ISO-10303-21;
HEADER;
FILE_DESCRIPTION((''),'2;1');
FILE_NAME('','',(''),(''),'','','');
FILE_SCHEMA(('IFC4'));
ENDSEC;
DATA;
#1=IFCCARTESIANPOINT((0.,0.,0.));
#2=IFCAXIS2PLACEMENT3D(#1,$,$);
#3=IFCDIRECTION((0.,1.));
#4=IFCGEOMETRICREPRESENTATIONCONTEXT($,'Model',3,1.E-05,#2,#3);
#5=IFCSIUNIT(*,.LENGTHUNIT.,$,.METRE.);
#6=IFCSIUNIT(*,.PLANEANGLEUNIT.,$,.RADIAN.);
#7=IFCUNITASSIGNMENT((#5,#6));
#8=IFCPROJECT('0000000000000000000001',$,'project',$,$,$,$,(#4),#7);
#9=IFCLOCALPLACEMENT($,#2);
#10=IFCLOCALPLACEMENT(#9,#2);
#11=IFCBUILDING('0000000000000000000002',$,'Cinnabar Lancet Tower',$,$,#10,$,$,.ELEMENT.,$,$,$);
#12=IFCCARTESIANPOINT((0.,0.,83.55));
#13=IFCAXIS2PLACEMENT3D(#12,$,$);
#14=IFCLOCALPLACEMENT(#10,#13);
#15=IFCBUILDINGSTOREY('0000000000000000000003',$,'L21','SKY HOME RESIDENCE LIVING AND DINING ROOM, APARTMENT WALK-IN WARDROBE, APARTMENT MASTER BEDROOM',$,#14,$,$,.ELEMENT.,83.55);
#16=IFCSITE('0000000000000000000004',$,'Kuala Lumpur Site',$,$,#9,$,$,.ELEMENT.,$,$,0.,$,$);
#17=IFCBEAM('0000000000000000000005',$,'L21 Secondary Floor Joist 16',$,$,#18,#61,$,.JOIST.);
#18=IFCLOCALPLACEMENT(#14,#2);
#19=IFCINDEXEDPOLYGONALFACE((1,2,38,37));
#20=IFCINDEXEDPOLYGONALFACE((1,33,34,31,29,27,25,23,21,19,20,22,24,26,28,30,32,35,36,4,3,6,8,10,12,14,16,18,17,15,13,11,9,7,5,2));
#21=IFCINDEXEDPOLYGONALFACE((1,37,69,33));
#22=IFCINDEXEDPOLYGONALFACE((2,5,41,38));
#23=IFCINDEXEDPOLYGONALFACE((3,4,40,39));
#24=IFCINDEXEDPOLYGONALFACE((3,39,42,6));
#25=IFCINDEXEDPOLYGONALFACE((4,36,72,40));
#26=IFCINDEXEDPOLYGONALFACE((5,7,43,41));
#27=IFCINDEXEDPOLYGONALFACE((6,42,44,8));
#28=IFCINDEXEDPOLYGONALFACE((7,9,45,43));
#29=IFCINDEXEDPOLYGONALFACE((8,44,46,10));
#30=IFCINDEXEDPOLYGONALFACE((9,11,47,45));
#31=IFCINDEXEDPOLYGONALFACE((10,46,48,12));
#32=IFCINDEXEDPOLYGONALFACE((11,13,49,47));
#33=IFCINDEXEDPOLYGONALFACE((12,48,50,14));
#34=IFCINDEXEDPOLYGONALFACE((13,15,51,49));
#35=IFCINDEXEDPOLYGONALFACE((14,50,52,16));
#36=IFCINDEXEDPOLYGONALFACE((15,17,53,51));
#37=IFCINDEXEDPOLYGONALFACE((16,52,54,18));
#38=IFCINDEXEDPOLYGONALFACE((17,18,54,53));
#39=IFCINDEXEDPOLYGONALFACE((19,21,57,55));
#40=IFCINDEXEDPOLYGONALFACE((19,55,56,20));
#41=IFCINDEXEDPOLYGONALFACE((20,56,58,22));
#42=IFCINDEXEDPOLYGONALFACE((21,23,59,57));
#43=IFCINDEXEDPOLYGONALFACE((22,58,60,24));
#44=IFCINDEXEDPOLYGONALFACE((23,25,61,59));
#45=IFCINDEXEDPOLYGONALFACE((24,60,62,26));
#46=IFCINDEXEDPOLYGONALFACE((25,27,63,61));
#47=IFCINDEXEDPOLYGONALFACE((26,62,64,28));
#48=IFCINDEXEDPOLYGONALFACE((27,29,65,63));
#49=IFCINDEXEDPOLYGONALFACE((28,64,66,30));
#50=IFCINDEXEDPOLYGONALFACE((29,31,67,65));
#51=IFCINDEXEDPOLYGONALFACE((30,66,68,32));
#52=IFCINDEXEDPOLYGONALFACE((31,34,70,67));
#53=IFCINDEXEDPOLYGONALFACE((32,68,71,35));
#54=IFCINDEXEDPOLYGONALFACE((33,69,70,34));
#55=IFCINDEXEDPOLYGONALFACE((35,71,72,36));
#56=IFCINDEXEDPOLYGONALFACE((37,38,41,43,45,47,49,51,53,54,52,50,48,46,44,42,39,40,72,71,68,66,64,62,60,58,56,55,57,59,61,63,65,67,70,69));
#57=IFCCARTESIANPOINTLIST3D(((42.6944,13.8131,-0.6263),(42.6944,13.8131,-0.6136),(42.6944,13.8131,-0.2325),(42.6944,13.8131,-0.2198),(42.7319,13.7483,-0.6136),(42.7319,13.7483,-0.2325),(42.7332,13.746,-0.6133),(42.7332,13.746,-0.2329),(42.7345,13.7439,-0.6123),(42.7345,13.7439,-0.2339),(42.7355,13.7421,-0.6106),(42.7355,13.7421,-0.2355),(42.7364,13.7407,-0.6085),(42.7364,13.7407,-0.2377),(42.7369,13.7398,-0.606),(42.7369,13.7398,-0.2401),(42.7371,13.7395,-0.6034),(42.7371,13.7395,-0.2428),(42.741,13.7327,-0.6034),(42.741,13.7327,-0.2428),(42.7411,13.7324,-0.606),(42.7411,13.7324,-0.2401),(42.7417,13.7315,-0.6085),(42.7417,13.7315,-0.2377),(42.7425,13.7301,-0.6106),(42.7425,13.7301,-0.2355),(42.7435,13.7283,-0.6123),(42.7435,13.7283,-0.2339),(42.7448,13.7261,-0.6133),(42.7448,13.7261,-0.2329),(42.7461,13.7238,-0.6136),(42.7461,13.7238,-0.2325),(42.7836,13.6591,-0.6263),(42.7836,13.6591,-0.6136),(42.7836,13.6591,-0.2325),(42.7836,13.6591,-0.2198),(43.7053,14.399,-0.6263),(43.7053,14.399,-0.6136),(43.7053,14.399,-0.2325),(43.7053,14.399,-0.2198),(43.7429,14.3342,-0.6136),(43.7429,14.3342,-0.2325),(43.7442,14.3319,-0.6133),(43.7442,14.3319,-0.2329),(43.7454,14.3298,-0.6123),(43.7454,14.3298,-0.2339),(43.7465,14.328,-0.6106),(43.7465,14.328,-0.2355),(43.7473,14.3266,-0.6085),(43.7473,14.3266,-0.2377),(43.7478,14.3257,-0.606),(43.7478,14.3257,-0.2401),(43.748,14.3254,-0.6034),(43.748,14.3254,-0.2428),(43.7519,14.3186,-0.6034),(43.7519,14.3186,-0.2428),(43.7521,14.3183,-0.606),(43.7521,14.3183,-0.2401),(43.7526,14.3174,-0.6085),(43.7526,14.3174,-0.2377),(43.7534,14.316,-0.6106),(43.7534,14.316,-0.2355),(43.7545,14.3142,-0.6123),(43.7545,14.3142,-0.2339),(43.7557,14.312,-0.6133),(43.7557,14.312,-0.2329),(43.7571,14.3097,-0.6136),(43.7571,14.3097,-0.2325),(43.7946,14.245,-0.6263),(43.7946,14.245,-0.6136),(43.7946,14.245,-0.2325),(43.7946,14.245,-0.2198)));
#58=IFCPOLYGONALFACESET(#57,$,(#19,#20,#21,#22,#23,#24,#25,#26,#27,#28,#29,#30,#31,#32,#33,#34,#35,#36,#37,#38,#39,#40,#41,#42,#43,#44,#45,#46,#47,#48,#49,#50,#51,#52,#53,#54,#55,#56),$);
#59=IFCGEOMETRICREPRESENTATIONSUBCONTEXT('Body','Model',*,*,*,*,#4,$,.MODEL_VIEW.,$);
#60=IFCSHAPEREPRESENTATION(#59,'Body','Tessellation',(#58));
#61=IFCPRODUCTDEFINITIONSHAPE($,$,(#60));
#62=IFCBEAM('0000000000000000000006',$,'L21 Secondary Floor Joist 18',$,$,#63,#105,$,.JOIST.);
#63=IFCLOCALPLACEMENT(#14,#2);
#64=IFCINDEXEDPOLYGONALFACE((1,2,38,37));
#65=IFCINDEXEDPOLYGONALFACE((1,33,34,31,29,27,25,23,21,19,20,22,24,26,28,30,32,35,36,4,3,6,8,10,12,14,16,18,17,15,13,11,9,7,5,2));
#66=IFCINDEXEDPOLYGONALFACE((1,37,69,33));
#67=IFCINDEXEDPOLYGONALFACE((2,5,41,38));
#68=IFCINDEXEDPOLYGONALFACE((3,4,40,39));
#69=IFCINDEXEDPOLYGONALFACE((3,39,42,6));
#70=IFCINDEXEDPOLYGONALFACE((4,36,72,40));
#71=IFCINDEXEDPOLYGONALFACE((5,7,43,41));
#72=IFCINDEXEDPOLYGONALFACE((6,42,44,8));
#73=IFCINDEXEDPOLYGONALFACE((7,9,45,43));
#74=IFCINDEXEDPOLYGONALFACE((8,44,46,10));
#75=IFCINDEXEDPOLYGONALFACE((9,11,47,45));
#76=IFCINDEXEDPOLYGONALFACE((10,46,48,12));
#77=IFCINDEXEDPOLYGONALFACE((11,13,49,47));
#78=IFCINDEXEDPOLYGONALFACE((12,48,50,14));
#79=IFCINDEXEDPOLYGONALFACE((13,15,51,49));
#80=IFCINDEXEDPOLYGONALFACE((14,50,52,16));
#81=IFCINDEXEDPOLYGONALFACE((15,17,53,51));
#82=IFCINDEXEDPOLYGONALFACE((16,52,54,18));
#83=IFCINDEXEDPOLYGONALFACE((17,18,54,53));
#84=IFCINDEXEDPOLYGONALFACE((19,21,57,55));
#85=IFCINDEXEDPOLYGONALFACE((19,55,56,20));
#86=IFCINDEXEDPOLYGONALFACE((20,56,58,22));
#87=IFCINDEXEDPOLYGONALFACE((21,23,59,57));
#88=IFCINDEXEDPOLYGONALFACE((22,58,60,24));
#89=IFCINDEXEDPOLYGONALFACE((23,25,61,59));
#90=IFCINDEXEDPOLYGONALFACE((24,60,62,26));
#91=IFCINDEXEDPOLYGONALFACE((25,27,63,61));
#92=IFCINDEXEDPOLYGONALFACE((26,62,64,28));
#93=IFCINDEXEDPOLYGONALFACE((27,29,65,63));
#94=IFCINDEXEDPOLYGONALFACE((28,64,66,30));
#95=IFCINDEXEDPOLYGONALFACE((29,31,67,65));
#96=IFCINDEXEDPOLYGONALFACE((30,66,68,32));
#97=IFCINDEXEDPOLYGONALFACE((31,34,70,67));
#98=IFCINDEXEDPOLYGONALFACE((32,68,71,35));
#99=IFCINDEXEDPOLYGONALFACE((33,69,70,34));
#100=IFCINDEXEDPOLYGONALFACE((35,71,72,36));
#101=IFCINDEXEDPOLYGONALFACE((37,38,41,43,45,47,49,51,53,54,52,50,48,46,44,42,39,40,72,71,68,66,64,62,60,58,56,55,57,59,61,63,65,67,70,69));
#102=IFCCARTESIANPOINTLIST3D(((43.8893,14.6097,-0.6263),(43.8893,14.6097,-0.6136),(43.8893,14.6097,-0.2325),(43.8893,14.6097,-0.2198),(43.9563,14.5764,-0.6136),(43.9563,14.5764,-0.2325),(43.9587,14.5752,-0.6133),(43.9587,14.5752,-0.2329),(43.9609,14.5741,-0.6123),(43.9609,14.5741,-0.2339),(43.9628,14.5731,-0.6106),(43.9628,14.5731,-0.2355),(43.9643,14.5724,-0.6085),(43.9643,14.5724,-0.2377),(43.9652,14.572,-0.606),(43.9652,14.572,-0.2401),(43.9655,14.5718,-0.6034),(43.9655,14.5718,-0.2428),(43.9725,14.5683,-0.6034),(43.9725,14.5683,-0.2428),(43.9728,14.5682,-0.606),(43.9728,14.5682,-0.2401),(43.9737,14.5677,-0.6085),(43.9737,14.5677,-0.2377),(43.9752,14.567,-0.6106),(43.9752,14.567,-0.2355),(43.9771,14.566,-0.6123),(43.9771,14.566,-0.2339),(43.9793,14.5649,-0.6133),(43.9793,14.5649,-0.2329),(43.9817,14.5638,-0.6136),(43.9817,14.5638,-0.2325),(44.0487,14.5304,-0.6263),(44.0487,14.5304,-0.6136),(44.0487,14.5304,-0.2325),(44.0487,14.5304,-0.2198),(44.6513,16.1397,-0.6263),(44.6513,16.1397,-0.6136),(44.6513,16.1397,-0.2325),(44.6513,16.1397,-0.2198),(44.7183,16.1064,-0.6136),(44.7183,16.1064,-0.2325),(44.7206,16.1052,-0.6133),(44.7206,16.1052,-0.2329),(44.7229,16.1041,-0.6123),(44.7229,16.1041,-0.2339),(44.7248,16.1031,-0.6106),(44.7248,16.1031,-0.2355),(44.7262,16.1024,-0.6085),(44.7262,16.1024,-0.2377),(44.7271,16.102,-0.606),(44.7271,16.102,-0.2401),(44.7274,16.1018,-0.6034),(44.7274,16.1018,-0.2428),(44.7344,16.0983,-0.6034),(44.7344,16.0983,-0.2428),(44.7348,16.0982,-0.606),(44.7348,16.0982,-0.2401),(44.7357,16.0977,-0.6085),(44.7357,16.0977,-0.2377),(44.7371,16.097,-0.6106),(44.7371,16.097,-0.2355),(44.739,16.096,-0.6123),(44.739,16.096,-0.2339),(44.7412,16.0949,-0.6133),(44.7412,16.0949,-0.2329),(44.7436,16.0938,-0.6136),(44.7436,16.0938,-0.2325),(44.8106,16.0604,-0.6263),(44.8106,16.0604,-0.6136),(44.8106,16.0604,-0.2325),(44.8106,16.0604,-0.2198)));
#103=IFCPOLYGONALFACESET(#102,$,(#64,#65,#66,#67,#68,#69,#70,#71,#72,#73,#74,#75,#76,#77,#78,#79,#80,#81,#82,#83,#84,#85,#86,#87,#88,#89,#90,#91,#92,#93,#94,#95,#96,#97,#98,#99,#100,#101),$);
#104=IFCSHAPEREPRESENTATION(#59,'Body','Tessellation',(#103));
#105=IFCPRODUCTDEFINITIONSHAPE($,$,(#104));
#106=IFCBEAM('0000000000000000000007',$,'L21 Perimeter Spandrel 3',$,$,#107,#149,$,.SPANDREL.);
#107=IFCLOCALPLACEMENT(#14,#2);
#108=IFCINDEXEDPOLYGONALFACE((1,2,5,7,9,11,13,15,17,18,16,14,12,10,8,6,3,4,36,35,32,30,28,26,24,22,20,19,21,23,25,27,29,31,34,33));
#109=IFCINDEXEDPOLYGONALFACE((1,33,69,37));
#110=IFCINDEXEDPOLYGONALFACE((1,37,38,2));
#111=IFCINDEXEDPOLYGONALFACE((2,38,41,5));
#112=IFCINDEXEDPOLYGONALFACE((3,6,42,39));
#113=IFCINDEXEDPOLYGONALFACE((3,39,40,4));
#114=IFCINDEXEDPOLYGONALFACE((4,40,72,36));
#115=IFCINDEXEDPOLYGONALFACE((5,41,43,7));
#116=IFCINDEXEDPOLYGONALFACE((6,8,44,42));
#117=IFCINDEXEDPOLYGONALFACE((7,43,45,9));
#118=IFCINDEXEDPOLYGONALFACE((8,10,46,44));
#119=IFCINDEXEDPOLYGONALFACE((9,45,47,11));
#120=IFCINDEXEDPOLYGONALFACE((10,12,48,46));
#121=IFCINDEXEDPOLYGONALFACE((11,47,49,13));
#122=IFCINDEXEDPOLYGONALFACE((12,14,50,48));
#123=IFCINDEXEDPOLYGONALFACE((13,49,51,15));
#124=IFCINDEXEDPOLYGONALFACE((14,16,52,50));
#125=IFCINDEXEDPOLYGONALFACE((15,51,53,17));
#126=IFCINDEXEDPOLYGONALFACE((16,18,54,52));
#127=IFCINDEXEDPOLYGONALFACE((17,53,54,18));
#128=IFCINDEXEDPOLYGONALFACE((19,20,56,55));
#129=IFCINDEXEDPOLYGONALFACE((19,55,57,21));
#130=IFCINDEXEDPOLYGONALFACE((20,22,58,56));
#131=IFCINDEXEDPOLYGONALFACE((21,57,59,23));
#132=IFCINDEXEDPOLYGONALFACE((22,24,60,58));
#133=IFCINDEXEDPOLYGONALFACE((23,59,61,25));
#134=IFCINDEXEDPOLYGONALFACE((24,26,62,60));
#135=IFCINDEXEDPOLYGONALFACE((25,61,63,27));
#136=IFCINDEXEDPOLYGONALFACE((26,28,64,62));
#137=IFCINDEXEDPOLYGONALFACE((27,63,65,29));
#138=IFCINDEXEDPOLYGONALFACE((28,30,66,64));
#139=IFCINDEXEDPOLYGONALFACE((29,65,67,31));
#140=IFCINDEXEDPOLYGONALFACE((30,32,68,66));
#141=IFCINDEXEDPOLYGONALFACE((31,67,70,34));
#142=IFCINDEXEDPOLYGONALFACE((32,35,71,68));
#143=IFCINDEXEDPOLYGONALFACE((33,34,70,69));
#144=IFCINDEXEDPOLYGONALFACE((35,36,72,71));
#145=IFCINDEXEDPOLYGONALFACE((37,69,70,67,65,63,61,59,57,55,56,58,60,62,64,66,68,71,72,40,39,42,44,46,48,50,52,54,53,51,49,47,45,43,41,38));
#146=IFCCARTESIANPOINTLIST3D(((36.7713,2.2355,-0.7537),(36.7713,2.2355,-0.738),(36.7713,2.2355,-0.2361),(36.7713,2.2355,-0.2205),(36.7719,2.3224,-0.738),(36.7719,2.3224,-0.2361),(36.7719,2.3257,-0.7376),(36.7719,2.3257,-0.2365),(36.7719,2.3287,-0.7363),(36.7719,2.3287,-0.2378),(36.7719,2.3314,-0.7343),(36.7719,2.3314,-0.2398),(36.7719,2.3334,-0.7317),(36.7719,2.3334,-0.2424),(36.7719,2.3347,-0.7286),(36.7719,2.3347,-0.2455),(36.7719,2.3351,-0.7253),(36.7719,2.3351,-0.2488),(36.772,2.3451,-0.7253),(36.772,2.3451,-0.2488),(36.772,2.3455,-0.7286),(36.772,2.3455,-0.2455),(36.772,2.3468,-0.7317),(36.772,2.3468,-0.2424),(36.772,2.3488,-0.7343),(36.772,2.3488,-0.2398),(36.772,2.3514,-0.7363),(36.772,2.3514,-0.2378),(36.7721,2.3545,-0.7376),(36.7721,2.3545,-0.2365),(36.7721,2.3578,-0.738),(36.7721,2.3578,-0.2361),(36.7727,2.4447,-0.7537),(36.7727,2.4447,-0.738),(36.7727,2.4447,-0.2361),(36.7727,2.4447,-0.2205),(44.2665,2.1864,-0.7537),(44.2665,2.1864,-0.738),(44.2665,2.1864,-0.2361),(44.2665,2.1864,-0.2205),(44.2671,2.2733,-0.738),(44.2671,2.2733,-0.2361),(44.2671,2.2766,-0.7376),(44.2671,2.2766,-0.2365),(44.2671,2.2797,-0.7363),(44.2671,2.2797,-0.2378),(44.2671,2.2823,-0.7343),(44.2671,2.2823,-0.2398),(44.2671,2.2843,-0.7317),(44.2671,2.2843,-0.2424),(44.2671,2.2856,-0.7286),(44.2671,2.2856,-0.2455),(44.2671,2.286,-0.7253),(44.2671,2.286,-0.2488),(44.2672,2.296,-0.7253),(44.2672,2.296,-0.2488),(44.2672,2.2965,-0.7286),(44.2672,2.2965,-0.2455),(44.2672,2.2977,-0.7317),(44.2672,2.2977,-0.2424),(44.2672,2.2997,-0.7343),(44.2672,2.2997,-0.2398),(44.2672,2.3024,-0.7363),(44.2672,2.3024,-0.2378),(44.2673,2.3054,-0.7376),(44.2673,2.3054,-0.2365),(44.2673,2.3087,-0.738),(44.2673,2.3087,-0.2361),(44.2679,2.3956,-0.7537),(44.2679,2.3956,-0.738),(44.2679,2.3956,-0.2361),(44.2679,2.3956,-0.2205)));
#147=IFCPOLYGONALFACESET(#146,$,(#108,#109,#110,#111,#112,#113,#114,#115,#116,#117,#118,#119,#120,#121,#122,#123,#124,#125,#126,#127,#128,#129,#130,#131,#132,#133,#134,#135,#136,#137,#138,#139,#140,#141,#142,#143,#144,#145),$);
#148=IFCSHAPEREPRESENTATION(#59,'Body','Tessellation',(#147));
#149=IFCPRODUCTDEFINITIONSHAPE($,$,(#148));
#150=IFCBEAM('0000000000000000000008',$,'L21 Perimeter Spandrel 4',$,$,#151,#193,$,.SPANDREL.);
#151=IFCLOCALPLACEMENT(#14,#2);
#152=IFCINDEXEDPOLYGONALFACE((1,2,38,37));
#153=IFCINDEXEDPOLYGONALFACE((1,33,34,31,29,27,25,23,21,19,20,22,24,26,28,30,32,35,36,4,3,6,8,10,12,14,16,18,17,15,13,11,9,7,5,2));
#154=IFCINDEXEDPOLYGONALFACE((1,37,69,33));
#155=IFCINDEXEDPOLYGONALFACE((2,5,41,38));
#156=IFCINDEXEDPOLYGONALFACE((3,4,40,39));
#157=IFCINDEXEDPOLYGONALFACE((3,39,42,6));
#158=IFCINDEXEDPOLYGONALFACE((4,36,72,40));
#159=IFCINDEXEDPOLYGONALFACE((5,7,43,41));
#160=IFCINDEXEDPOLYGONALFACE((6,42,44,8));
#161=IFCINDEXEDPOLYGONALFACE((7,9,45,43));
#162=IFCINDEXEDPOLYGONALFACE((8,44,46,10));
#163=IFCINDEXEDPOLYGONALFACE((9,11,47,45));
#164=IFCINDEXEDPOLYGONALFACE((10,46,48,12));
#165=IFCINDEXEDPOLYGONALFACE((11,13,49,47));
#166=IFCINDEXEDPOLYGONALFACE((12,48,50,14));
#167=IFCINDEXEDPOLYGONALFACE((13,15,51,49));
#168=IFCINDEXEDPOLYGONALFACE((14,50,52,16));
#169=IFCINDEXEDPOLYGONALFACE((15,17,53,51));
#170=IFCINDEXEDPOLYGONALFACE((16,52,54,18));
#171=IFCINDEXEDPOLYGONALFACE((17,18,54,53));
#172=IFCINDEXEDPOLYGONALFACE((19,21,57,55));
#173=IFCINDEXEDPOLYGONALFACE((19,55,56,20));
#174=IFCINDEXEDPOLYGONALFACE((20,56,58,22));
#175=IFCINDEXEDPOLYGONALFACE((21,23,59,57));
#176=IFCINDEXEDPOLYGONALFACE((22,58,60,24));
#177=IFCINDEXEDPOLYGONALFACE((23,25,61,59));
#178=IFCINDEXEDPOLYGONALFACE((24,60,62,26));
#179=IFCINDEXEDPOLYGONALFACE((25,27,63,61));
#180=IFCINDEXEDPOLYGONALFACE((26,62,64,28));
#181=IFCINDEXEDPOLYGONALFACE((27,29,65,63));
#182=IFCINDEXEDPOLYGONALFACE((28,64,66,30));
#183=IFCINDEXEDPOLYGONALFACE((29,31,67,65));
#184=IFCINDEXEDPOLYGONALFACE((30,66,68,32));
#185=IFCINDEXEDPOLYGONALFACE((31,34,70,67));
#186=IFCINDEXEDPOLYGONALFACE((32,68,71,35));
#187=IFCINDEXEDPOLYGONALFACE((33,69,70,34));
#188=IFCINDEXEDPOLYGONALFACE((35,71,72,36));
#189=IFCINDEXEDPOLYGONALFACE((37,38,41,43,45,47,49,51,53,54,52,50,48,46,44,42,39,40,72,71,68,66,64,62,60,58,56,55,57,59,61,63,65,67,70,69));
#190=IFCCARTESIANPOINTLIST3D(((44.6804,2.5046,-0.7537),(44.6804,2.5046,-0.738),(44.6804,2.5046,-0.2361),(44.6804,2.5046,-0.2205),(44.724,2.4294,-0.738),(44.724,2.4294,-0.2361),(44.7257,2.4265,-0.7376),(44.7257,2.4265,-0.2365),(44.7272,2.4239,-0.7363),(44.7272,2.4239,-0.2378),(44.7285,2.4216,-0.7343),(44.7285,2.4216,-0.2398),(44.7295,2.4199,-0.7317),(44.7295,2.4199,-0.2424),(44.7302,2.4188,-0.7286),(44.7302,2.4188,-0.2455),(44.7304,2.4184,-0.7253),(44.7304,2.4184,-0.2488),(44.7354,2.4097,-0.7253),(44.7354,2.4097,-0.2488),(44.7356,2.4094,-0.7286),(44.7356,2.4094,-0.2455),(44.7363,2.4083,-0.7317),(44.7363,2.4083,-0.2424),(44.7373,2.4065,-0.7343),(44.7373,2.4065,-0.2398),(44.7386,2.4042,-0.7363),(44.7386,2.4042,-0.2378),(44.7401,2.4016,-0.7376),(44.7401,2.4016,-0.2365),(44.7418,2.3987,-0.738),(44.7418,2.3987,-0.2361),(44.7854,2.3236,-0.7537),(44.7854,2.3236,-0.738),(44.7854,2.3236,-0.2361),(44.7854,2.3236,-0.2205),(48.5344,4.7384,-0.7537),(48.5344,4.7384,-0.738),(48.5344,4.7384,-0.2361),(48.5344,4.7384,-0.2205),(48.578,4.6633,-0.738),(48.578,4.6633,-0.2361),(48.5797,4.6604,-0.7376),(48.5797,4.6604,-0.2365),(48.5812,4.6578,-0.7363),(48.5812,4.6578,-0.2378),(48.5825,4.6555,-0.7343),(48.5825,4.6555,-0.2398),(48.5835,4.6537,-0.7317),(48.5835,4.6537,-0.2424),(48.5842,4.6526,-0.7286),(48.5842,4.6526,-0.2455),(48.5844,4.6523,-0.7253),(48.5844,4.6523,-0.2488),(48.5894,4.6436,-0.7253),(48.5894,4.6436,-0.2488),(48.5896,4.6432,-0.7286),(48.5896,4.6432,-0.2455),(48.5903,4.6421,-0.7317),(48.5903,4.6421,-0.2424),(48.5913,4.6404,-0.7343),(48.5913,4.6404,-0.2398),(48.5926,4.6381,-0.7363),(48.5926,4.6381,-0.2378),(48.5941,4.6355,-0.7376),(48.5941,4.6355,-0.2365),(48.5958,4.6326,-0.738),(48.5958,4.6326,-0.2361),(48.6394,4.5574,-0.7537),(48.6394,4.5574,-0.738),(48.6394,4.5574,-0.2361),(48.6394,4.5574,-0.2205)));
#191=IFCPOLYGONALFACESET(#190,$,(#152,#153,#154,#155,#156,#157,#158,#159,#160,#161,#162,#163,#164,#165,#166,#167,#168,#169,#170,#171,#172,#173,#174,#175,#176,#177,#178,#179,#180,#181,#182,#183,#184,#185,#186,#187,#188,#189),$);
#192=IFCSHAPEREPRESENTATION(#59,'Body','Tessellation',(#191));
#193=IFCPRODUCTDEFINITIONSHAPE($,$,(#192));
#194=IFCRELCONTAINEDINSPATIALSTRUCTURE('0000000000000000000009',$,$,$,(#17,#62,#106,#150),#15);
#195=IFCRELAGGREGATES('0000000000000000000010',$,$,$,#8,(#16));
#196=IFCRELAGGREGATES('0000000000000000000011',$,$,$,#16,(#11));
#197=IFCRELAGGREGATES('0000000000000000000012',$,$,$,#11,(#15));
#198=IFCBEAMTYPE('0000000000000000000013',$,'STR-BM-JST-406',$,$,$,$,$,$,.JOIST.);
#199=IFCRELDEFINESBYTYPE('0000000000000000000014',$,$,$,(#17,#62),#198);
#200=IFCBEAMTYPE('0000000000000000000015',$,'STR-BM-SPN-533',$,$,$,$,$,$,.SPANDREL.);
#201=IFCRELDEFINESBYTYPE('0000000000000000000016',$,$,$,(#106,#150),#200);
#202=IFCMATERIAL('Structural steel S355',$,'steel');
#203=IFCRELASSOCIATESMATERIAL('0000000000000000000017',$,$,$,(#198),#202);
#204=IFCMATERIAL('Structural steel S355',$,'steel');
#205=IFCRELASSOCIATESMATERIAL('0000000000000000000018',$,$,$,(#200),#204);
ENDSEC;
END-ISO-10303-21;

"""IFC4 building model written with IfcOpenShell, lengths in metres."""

from ifc_helpers import new_model, si_unit, direction, frame, origin, origin_2d, place, context, subcontext, project, spatial, i_section, extrude, material, material_profile, profile_set, type_object, element, save


model = new_model("IFC4")

# Units and contexts
model_context = context("Model", 3, precision=1e-05, world=origin(), true_north=direction((0.0, 1.0)))
body_context = subcontext(model_context, "Body", "Model", "MODEL_VIEW")
ifc_project = project(units=[si_unit("LENGTHUNIT", "METRE"), si_unit("PLANEANGLEUNIT", "RADIAN")], contexts=[model_context])

# Site, building, storey
site_placement = place(None, origin())
site = spatial("IfcSite", under=ifc_project, at=site_placement, Name="Kuala Lumpur Site", CompositionType="ELEMENT", RefElevation=0.0)
building_placement = place(site_placement, origin())
building = spatial("IfcBuilding", under=site, at=building_placement, Name="Cinnabar Lancet Tower", CompositionType="ELEMENT")
storey_placement = place(building_placement, frame((0.0, 0.0, 83.55)))
storey = spatial("IfcBuildingStorey", under=building, at=storey_placement, Name="L21", Description="SKY HOME RESIDENCE LIVING AND DINING ROOM, APARTMENT WALK-IN WARDROBE, APARTMENT MASTER BEDROOM", CompositionType="ELEMENT", Elevation=83.55)

# Beams
ifc_material_1 = material(Name="Structural steel S355", Category="steel")
ifc_material_profile_1 = material_profile(ifc_material_1, i_section(OverallWidth=0.178, OverallDepth=0.4065, WebThickness=0.0078, FlangeThickness=0.0127, FilletRadius=0.0103, at=origin_2d()), Name="UKB 406x178x60")
ifc_profile_set_1 = profile_set([ifc_material_profile_1], Name="Structural steel S355")
beam_type_1 = type_object("IfcBeamType", Name="STR-BM-JST-406", PredefinedType="JOIST", material=ifc_profile_set_1)
beam_1_placement = place(storey_placement, frame((42.739, 13.7361, -0.4231), z_axis=(0.865193, 0.50144, 0.0), x_axis=(-0.50144, 0.865193, 0.0)))
element("IfcBeam", 1, at=beam_1_placement, inside=storey, type_object=beam_type_1, Name="L21 Secondary Floor Joist 16", PredefinedType="JOIST", context=body_context, shape_type="SweptSolid", body=[
    extrude(i_section(OverallWidth=0.178, OverallDepth=0.4065, WebThickness=0.0078, FlangeThickness=0.0127, FilletRadius=0.0103, at=origin_2d()), origin(), (0.0, 0.0, 1.0), 1.1685),
])
beam_2_placement = place(storey_placement, frame((43.969, 14.5701, -0.4231), z_axis=(0.445785, 0.89514, 0.0), x_axis=(-0.89514, 0.445785, 0.0)))
element("IfcBeam", 2, at=beam_2_placement, inside=storey, type_object=beam_type_1, Name="L21 Secondary Floor Joist 18", PredefinedType="JOIST", context=body_context, shape_type="SweptSolid", body=[
    extrude(i_section(OverallWidth=0.178, OverallDepth=0.4065, WebThickness=0.0078, FlangeThickness=0.0127, FilletRadius=0.0103, at=origin_2d()), origin(), (0.0, 0.0, 1.0), 1.7092),
])
ifc_material_2 = material(Name="Structural steel S355", Category="steel")
ifc_material_profile_2 = material_profile(ifc_material_2, i_section(OverallWidth=0.2092, OverallDepth=0.5332, WebThickness=0.01, FlangeThickness=0.0156, FilletRadius=0.0127, at=origin_2d()), Name="UKB 533x210x92")
ifc_profile_set_2 = profile_set([ifc_material_profile_2], Name="Structural steel S355")
beam_type_2 = type_object("IfcBeamType", Name="STR-BM-SPN-533", PredefinedType="SPANDREL", material=ifc_profile_set_2)
beam_3_placement = place(storey_placement, frame((36.772, 2.3401, -0.4871), z_axis=(0.999979, -0.006547, 0.0), x_axis=(0.006547, 0.999979, 0.0)))
element("IfcBeam", 3, at=beam_3_placement, inside=storey, type_object=beam_type_2, Name="L21 Perimeter Spandrel 3", PredefinedType="SPANDREL", context=body_context, shape_type="SweptSolid", body=[
    extrude(i_section(OverallWidth=0.2092, OverallDepth=0.5332, WebThickness=0.01, FlangeThickness=0.0156, FilletRadius=0.0127, at=origin_2d()), origin(), (0.0, 0.0, 1.0), 7.4954),
])
beam_4_placement = place(storey_placement, frame((44.7329, 2.4141, -0.4871), z_axis=(0.865171, 0.501477, 0.0), x_axis=(-0.501477, 0.865171, 0.0)))
element("IfcBeam", 4, at=beam_4_placement, inside=storey, type_object=beam_type_2, Name="L21 Perimeter Spandrel 4", PredefinedType="SPANDREL", context=body_context, shape_type="SweptSolid", body=[
    extrude(i_section(OverallWidth=0.2092, OverallDepth=0.5332, WebThickness=0.01, FlangeThickness=0.0156, FilletRadius=0.0127, at=origin_2d()), origin(), (0.0, 0.0, 1.0), 4.4546),
])

save(model, "model.ifc")
